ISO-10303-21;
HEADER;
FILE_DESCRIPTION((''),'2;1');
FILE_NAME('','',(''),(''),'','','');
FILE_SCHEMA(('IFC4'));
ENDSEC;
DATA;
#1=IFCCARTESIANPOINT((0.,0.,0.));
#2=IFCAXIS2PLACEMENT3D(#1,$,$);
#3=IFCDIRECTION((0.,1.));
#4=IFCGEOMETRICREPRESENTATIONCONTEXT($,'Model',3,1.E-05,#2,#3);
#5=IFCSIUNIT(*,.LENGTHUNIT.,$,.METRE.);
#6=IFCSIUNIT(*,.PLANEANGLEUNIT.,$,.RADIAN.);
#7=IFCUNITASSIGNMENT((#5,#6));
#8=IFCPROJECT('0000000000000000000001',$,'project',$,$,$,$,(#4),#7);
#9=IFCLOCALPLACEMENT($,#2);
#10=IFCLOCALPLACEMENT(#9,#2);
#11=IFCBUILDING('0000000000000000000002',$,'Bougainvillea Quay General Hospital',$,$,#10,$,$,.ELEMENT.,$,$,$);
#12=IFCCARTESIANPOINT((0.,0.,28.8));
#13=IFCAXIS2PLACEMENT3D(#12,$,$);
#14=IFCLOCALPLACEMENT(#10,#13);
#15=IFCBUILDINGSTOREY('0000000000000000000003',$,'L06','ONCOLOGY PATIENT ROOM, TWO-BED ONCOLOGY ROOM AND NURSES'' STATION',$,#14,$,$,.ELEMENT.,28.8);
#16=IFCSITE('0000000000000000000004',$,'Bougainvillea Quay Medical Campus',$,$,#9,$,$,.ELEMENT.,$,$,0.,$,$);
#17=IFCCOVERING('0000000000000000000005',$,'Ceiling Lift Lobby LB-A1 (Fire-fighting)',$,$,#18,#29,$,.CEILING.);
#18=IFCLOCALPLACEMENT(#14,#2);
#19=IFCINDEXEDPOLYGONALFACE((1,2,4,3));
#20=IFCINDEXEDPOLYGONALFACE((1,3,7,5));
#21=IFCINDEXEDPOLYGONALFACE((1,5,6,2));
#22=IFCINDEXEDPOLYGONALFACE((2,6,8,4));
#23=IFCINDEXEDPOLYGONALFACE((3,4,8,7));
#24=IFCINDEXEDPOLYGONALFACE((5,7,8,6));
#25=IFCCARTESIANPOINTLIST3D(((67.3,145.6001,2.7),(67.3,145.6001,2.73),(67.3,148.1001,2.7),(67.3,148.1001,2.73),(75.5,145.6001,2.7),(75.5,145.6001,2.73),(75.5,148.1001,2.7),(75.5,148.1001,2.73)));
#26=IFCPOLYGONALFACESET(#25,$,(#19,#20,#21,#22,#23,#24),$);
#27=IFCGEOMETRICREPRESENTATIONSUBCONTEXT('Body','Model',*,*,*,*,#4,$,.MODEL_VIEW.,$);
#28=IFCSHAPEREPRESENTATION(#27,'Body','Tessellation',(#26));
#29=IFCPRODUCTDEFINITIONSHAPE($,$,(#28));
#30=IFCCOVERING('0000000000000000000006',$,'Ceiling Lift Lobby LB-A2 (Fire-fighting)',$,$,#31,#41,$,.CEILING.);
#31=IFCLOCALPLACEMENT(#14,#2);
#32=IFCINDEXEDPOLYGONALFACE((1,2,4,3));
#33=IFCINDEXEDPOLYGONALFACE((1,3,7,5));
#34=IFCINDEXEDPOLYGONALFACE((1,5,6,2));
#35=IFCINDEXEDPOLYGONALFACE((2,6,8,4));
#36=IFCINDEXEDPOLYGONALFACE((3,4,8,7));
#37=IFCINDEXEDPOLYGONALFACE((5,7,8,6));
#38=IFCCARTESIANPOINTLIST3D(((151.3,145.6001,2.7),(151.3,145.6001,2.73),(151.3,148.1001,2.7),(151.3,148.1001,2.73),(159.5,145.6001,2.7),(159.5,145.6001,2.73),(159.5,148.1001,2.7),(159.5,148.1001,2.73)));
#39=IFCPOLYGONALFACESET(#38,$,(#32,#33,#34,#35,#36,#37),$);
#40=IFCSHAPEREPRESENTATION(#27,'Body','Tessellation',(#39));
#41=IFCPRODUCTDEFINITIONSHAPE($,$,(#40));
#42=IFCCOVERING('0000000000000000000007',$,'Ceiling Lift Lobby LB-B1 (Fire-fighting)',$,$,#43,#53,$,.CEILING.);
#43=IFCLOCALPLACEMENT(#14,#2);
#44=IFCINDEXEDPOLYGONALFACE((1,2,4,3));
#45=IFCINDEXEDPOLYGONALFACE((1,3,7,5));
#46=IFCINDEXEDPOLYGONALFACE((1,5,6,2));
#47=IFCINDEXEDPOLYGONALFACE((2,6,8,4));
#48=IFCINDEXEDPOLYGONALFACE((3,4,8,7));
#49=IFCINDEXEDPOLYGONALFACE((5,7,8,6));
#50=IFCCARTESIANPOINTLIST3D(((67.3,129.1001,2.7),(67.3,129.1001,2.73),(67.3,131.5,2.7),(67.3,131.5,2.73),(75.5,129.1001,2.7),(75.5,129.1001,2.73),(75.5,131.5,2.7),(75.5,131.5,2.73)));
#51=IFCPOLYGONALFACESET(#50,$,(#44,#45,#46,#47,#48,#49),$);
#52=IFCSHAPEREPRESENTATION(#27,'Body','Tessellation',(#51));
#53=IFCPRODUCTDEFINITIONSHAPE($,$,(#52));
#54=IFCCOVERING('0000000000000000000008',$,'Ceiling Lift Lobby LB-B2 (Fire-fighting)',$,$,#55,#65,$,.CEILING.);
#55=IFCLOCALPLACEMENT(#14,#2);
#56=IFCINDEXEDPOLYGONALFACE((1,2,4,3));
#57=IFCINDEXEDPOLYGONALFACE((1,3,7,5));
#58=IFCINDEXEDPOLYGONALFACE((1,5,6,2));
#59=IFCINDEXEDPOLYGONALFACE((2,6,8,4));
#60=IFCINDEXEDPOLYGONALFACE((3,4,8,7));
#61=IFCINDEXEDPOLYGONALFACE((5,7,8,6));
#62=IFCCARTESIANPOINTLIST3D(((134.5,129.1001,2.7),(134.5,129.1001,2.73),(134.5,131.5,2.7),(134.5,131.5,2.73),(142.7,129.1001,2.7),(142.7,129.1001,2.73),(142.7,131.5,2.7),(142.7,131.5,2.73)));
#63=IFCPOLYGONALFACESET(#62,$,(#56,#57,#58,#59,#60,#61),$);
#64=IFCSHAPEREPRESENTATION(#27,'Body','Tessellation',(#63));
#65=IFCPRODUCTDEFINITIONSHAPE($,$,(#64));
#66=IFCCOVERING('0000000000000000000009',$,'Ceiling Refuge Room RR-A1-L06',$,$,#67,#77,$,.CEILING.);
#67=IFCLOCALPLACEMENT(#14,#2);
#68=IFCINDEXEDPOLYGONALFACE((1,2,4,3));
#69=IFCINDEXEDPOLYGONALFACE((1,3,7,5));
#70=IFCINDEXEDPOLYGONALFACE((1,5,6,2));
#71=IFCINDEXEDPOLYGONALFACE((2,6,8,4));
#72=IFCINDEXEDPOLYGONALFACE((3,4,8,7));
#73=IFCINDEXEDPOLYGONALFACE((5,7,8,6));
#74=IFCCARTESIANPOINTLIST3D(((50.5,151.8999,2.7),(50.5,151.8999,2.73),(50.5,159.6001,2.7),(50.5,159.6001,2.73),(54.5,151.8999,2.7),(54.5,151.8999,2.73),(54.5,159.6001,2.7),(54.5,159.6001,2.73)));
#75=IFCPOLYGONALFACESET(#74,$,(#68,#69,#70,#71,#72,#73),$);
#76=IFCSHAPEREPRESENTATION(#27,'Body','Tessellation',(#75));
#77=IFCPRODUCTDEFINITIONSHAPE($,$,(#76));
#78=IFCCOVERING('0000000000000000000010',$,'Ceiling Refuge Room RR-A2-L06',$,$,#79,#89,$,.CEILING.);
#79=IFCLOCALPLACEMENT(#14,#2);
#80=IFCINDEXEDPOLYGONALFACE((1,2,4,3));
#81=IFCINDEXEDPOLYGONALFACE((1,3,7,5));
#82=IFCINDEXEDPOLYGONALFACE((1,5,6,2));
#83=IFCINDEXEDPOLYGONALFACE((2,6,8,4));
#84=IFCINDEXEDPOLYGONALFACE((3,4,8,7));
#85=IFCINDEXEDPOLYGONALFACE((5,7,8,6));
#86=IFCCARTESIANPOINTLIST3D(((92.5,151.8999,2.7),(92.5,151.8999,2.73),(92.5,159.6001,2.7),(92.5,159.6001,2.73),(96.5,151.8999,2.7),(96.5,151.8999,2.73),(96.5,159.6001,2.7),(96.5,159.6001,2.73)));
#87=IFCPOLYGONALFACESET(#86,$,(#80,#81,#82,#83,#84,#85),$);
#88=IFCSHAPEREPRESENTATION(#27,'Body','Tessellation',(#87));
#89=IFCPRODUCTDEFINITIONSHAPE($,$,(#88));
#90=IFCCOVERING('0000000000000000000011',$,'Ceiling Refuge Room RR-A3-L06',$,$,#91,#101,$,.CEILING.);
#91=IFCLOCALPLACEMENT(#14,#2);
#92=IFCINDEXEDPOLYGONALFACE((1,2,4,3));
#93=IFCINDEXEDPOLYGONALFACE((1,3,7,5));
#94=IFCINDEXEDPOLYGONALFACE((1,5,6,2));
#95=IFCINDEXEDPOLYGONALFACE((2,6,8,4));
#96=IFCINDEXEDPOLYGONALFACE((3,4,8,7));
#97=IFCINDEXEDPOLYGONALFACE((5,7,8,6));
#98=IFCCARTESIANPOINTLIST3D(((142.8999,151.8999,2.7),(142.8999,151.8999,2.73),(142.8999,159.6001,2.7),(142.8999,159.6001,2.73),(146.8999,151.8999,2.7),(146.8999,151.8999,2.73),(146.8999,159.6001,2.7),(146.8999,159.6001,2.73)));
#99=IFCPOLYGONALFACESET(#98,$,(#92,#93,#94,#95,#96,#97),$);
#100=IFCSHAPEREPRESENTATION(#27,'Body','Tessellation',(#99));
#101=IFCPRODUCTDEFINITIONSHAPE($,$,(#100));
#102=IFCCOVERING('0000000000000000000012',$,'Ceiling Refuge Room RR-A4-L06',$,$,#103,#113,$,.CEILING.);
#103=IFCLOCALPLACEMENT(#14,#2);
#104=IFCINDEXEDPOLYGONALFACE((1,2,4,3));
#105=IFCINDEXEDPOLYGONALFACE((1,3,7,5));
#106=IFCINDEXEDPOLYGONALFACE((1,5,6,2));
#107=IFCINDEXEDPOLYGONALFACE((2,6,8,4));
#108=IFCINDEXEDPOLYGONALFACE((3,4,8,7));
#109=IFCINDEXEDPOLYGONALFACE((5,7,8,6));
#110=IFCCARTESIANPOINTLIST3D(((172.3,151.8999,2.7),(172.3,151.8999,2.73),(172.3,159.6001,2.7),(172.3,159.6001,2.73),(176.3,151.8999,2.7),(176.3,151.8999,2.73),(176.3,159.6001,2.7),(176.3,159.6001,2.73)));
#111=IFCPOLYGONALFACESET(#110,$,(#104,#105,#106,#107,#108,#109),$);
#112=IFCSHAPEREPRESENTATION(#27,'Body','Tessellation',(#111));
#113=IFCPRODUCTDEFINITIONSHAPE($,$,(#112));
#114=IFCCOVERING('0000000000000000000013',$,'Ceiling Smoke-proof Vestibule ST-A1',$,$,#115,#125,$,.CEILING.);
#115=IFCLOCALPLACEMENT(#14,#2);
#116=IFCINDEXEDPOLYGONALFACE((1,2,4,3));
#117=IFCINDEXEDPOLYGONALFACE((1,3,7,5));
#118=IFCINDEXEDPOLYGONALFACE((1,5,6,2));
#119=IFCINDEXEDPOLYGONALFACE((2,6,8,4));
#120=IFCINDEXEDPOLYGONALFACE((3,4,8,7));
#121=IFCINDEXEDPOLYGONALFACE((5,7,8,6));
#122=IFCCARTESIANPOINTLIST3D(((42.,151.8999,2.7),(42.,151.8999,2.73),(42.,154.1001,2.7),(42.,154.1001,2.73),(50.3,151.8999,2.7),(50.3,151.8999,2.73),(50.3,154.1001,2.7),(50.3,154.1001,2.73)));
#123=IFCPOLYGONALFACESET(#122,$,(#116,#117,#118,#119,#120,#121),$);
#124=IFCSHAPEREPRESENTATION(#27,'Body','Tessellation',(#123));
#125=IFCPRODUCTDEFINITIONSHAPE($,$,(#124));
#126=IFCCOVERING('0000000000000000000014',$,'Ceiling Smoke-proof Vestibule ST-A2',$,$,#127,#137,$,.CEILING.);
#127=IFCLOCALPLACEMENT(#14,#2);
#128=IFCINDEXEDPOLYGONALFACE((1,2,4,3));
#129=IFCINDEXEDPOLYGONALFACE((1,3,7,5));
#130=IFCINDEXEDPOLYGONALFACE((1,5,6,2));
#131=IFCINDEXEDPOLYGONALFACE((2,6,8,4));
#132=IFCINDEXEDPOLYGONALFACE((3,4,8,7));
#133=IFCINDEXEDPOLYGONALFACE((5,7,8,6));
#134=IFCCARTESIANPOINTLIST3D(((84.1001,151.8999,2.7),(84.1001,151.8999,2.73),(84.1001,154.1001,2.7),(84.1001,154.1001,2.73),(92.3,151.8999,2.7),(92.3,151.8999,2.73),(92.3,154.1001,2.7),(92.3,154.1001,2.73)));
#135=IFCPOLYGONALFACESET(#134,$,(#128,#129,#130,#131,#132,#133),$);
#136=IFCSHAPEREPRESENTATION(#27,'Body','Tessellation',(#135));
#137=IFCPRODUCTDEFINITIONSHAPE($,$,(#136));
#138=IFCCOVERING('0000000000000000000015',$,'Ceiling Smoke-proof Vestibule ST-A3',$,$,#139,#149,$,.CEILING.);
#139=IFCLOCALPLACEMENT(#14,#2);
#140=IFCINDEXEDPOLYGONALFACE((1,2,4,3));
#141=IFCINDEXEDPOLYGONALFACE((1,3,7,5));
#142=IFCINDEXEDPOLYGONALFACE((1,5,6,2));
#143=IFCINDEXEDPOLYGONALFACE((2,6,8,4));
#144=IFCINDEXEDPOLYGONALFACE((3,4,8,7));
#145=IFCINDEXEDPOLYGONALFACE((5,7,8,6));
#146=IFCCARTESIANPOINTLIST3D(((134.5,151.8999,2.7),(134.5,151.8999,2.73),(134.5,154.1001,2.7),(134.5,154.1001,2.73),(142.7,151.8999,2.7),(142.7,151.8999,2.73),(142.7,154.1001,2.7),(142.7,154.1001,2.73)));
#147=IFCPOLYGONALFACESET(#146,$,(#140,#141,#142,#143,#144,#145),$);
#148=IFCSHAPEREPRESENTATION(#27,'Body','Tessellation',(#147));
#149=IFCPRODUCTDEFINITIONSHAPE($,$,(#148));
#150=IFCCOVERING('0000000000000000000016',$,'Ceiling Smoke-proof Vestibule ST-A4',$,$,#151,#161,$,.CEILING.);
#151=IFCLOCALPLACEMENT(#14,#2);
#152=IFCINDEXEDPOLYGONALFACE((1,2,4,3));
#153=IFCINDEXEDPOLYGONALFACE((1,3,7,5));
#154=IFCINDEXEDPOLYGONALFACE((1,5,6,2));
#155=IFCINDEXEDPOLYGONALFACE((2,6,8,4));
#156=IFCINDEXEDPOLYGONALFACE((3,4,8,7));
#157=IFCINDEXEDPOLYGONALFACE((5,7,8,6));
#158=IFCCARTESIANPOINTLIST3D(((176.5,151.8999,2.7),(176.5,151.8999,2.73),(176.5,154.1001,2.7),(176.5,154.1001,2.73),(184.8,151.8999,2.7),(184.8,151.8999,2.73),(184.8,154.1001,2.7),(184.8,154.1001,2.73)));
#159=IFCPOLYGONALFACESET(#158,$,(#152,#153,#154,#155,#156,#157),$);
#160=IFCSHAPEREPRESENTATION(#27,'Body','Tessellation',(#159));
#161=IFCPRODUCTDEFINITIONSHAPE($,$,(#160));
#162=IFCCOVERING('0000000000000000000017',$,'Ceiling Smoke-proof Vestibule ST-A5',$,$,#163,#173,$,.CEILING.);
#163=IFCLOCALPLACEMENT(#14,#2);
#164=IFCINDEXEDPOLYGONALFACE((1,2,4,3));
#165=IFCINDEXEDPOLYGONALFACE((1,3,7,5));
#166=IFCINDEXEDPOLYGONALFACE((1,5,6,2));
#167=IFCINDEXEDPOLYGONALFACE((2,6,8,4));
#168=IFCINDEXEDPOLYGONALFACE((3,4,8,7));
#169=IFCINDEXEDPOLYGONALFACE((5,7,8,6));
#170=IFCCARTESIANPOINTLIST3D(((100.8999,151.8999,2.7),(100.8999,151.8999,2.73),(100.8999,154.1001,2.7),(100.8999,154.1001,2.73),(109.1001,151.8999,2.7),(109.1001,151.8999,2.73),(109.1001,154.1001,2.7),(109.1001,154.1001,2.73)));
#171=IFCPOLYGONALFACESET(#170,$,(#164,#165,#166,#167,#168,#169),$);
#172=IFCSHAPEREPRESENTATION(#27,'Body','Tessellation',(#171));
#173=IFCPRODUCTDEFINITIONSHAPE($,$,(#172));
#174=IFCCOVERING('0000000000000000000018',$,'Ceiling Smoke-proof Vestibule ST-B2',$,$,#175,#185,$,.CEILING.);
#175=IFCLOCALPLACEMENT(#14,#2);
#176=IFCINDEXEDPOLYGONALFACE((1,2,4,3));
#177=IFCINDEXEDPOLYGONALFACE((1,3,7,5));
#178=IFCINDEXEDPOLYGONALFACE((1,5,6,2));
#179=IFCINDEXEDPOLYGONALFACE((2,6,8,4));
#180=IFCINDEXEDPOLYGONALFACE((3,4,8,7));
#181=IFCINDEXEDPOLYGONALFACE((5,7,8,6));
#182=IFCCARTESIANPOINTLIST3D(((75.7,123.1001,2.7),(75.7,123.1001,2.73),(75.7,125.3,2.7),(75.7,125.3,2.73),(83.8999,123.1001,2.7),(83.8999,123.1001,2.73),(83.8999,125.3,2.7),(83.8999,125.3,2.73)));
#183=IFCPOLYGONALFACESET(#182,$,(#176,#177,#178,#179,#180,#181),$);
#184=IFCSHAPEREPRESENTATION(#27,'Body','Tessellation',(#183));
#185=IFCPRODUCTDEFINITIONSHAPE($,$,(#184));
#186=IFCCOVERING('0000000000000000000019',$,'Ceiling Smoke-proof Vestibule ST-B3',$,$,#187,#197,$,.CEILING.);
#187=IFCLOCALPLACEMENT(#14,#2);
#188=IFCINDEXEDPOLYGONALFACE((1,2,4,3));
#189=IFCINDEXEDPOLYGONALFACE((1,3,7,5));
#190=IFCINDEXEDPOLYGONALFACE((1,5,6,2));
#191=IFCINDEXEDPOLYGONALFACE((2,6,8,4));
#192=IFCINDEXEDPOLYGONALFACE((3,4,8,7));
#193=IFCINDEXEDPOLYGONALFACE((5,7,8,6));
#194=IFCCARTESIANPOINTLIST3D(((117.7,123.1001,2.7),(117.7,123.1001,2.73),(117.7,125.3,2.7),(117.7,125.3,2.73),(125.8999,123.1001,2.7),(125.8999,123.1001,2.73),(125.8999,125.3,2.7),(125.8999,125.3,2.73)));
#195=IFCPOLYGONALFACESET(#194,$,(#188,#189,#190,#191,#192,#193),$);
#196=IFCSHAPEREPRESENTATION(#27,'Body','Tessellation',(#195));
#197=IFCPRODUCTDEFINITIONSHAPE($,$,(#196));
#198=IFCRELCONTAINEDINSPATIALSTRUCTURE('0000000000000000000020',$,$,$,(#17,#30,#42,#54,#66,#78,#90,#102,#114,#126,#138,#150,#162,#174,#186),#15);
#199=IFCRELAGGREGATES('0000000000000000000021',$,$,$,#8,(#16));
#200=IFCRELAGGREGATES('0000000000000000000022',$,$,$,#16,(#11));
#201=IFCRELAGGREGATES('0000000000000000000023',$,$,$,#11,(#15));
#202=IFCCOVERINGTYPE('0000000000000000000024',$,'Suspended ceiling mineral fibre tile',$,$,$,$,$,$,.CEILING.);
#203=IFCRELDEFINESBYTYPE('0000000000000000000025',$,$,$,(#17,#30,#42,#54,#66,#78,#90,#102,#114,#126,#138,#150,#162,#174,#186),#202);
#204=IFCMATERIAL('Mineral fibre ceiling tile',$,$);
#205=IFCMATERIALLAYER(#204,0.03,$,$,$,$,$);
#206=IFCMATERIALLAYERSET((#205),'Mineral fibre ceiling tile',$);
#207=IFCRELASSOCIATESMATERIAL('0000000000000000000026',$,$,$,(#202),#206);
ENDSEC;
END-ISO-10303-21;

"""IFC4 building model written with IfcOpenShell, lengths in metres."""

from ifc_helpers import new_model, si_unit, direction, frame, origin, place, context, subcontext, project, spatial, polyline, outline, extrude, material, layer, layer_set, type_object, element, save


model = new_model("IFC4")

# Units and contexts
model_context = context("Model", 3, precision=1e-05, world=origin(), true_north=direction((0.0, 1.0)))
body_context = subcontext(model_context, "Body", "Model", "MODEL_VIEW")
ifc_project = project(units=[si_unit("LENGTHUNIT", "METRE"), si_unit("PLANEANGLEUNIT", "RADIAN")], contexts=[model_context])

# Site, building, storey
site_placement = place(None, origin())
site = spatial("IfcSite", under=ifc_project, at=site_placement, Name="Bougainvillea Quay Medical Campus", CompositionType="ELEMENT", RefElevation=0.0)
building_placement = place(site_placement, origin())
building = spatial("IfcBuilding", under=site, at=building_placement, Name="Bougainvillea Quay General Hospital", CompositionType="ELEMENT")
storey_placement = place(building_placement, frame((0.0, 0.0, 28.8)))
storey = spatial("IfcBuildingStorey", under=building, at=storey_placement, Name="L06", Description="ONCOLOGY PATIENT ROOM, TWO-BED ONCOLOGY ROOM AND NURSES' STATION", CompositionType="ELEMENT", Elevation=28.8)

# Coverings
ifc_material = material(Name="Mineral fibre ceiling tile")
ifc_layer = layer(ifc_material, 0.03)
ifc_layer_set = layer_set([ifc_layer], Name="Mineral fibre ceiling tile")
covering_type = type_object("IfcCoveringType", Name="Suspended ceiling mineral fibre tile", PredefinedType="CEILING", material=ifc_layer_set)
covering_1_placement = place(storey_placement, frame((0.0, 0.0, 2.7)))
element("IfcCovering", 1, at=covering_1_placement, inside=storey, type_object=covering_type, Name="Ceiling Lift Lobby LB-A1 (Fire-fighting)", PredefinedType="CEILING", context=body_context, shape_type="SweptSolid", body=[
    extrude(outline(polyline([(75.5, 145.6001), (75.5, 148.1001), (67.3, 148.1001), (67.3, 145.6001), (75.5, 145.6001)])), origin(), (0.0, 0.0, 1.0), 0.03),
])
covering_2_placement = place(storey_placement, frame((0.0, 0.0, 2.7)))
element("IfcCovering", 2, at=covering_2_placement, inside=storey, type_object=covering_type, Name="Ceiling Lift Lobby LB-A2 (Fire-fighting)", PredefinedType="CEILING", context=body_context, shape_type="SweptSolid", body=[
    extrude(outline(polyline([(159.5, 145.6001), (159.5, 148.1001), (151.3, 148.1001), (151.3, 145.6001), (159.5, 145.6001)])), origin(), (0.0, 0.0, 1.0), 0.03),
])
covering_3_placement = place(storey_placement, frame((0.0, 0.0, 2.7)))
element("IfcCovering", 3, at=covering_3_placement, inside=storey, type_object=covering_type, Name="Ceiling Lift Lobby LB-B1 (Fire-fighting)", PredefinedType="CEILING", context=body_context, shape_type="SweptSolid", body=[
    extrude(outline(polyline([(75.5, 129.1001), (75.5, 131.5), (67.3, 131.5), (67.3, 129.1001), (75.5, 129.1001)])), origin(), (0.0, 0.0, 1.0), 0.03),
])
covering_4_placement = place(storey_placement, frame((0.0, 0.0, 2.7)))
element("IfcCovering", 4, at=covering_4_placement, inside=storey, type_object=covering_type, Name="Ceiling Lift Lobby LB-B2 (Fire-fighting)", PredefinedType="CEILING", context=body_context, shape_type="SweptSolid", body=[
    extrude(outline(polyline([(142.7, 131.5), (134.5, 131.5), (134.5, 129.1001), (142.7, 129.1001), (142.7, 131.5)])), origin(), (0.0, 0.0, 1.0), 0.03),
])
covering_5_placement = place(storey_placement, frame((0.0, 0.0, 2.7)))
element("IfcCovering", 5, at=covering_5_placement, inside=storey, type_object=covering_type, Name="Ceiling Refuge Room RR-A1-L06", PredefinedType="CEILING", context=body_context, shape_type="SweptSolid", body=[
    extrude(outline(polyline([(50.5, 159.6001), (50.5, 151.8999), (54.5, 151.8999), (54.5, 159.6001), (50.5, 159.6001)])), origin(), (0.0, 0.0, 1.0), 0.03),
])
covering_6_placement = place(storey_placement, frame((0.0, 0.0, 2.7)))
element("IfcCovering", 6, at=covering_6_placement, inside=storey, type_object=covering_type, Name="Ceiling Refuge Room RR-A2-L06", PredefinedType="CEILING", context=body_context, shape_type="SweptSolid", body=[
    extrude(outline(polyline([(92.5, 159.6001), (92.5, 151.8999), (96.5, 151.8999), (96.5, 159.6001), (92.5, 159.6001)])), origin(), (0.0, 0.0, 1.0), 0.03),
])
covering_7_placement = place(storey_placement, frame((0.0, 0.0, 2.7)))
element("IfcCovering", 7, at=covering_7_placement, inside=storey, type_object=covering_type, Name="Ceiling Refuge Room RR-A3-L06", PredefinedType="CEILING", context=body_context, shape_type="SweptSolid", body=[
    extrude(outline(polyline([(142.8999, 159.6001), (142.8999, 151.8999), (146.8999, 151.8999), (146.8999, 159.6001), (142.8999, 159.6001)])), origin(), (0.0, 0.0, 1.0), 0.03),
])
covering_8_placement = place(storey_placement, frame((0.0, 0.0, 2.7)))
element("IfcCovering", 8, at=covering_8_placement, inside=storey, type_object=covering_type, Name="Ceiling Refuge Room RR-A4-L06", PredefinedType="CEILING", context=body_context, shape_type="SweptSolid", body=[
    extrude(outline(polyline([(172.3, 159.6001), (172.3, 151.8999), (176.3, 151.8999), (176.3, 159.6001), (172.3, 159.6001)])), origin(), (0.0, 0.0, 1.0), 0.03),
])
covering_9_placement = place(storey_placement, frame((0.0, 0.0, 2.7)))
element("IfcCovering", 9, at=covering_9_placement, inside=storey, type_object=covering_type, Name="Ceiling Smoke-proof Vestibule ST-A1", PredefinedType="CEILING", context=body_context, shape_type="SweptSolid", body=[
    extrude(outline(polyline([(42.0, 151.8999), (50.3, 151.8999), (50.3, 154.1001), (42.0, 154.1001), (42.0, 151.8999)])), origin(), (0.0, 0.0, 1.0), 0.03),
])
covering_10_placement = place(storey_placement, frame((0.0, 0.0, 2.7)))
element("IfcCovering", 10, at=covering_10_placement, inside=storey, type_object=covering_type, Name="Ceiling Smoke-proof Vestibule ST-A2", PredefinedType="CEILING", context=body_context, shape_type="SweptSolid", body=[
    extrude(outline(polyline([(92.3, 151.8999), (92.3, 154.1001), (84.1001, 154.1001), (84.1001, 151.8999), (92.3, 151.8999)])), origin(), (0.0, 0.0, 1.0), 0.03),
])
covering_11_placement = place(storey_placement, frame((0.0, 0.0, 2.7)))
element("IfcCovering", 11, at=covering_11_placement, inside=storey, type_object=covering_type, Name="Ceiling Smoke-proof Vestibule ST-A3", PredefinedType="CEILING", context=body_context, shape_type="SweptSolid", body=[
    extrude(outline(polyline([(142.7, 154.1001), (134.5, 154.1001), (134.5, 151.8999), (142.7, 151.8999), (142.7, 154.1001)])), origin(), (0.0, 0.0, 1.0), 0.03),
])
covering_12_placement = place(storey_placement, frame((0.0, 0.0, 2.7)))
element("IfcCovering", 12, at=covering_12_placement, inside=storey, type_object=covering_type, Name="Ceiling Smoke-proof Vestibule ST-A4", PredefinedType="CEILING", context=body_context, shape_type="SweptSolid", body=[
    extrude(outline(polyline([(184.8, 154.1001), (176.5, 154.1001), (176.5, 151.8999), (184.8, 151.8999), (184.8, 154.1001)])), origin(), (0.0, 0.0, 1.0), 0.03),
])
covering_13_placement = place(storey_placement, frame((0.0, 0.0, 2.7)))
element("IfcCovering", 13, at=covering_13_placement, inside=storey, type_object=covering_type, Name="Ceiling Smoke-proof Vestibule ST-A5", PredefinedType="CEILING", context=body_context, shape_type="SweptSolid", body=[
    extrude(outline(polyline([(109.1001, 154.1001), (100.8999, 154.1001), (100.8999, 151.8999), (109.1001, 151.8999), (109.1001, 154.1001)])), origin(), (0.0, 0.0, 1.0), 0.03),
])
covering_14_placement = place(storey_placement, frame((0.0, 0.0, 2.7)))
element("IfcCovering", 14, at=covering_14_placement, inside=storey, type_object=covering_type, Name="Ceiling Smoke-proof Vestibule ST-B2", PredefinedType="CEILING", context=body_context, shape_type="SweptSolid", body=[
    extrude(outline(polyline([(75.7, 123.1001), (83.8999, 123.1001), (83.8999, 125.3), (75.7, 125.3), (75.7, 123.1001)])), origin(), (0.0, 0.0, 1.0), 0.03),
])
covering_15_placement = place(storey_placement, frame((0.0, 0.0, 2.7)))
element("IfcCovering", 15, at=covering_15_placement, inside=storey, type_object=covering_type, Name="Ceiling Smoke-proof Vestibule ST-B3", PredefinedType="CEILING", context=body_context, shape_type="SweptSolid", body=[
    extrude(outline(polyline([(117.7, 125.3), (117.7, 123.1001), (125.8999, 123.1001), (125.8999, 125.3), (117.7, 125.3)])), origin(), (0.0, 0.0, 1.0), 0.03),
])

save(model, "model.ifc")
